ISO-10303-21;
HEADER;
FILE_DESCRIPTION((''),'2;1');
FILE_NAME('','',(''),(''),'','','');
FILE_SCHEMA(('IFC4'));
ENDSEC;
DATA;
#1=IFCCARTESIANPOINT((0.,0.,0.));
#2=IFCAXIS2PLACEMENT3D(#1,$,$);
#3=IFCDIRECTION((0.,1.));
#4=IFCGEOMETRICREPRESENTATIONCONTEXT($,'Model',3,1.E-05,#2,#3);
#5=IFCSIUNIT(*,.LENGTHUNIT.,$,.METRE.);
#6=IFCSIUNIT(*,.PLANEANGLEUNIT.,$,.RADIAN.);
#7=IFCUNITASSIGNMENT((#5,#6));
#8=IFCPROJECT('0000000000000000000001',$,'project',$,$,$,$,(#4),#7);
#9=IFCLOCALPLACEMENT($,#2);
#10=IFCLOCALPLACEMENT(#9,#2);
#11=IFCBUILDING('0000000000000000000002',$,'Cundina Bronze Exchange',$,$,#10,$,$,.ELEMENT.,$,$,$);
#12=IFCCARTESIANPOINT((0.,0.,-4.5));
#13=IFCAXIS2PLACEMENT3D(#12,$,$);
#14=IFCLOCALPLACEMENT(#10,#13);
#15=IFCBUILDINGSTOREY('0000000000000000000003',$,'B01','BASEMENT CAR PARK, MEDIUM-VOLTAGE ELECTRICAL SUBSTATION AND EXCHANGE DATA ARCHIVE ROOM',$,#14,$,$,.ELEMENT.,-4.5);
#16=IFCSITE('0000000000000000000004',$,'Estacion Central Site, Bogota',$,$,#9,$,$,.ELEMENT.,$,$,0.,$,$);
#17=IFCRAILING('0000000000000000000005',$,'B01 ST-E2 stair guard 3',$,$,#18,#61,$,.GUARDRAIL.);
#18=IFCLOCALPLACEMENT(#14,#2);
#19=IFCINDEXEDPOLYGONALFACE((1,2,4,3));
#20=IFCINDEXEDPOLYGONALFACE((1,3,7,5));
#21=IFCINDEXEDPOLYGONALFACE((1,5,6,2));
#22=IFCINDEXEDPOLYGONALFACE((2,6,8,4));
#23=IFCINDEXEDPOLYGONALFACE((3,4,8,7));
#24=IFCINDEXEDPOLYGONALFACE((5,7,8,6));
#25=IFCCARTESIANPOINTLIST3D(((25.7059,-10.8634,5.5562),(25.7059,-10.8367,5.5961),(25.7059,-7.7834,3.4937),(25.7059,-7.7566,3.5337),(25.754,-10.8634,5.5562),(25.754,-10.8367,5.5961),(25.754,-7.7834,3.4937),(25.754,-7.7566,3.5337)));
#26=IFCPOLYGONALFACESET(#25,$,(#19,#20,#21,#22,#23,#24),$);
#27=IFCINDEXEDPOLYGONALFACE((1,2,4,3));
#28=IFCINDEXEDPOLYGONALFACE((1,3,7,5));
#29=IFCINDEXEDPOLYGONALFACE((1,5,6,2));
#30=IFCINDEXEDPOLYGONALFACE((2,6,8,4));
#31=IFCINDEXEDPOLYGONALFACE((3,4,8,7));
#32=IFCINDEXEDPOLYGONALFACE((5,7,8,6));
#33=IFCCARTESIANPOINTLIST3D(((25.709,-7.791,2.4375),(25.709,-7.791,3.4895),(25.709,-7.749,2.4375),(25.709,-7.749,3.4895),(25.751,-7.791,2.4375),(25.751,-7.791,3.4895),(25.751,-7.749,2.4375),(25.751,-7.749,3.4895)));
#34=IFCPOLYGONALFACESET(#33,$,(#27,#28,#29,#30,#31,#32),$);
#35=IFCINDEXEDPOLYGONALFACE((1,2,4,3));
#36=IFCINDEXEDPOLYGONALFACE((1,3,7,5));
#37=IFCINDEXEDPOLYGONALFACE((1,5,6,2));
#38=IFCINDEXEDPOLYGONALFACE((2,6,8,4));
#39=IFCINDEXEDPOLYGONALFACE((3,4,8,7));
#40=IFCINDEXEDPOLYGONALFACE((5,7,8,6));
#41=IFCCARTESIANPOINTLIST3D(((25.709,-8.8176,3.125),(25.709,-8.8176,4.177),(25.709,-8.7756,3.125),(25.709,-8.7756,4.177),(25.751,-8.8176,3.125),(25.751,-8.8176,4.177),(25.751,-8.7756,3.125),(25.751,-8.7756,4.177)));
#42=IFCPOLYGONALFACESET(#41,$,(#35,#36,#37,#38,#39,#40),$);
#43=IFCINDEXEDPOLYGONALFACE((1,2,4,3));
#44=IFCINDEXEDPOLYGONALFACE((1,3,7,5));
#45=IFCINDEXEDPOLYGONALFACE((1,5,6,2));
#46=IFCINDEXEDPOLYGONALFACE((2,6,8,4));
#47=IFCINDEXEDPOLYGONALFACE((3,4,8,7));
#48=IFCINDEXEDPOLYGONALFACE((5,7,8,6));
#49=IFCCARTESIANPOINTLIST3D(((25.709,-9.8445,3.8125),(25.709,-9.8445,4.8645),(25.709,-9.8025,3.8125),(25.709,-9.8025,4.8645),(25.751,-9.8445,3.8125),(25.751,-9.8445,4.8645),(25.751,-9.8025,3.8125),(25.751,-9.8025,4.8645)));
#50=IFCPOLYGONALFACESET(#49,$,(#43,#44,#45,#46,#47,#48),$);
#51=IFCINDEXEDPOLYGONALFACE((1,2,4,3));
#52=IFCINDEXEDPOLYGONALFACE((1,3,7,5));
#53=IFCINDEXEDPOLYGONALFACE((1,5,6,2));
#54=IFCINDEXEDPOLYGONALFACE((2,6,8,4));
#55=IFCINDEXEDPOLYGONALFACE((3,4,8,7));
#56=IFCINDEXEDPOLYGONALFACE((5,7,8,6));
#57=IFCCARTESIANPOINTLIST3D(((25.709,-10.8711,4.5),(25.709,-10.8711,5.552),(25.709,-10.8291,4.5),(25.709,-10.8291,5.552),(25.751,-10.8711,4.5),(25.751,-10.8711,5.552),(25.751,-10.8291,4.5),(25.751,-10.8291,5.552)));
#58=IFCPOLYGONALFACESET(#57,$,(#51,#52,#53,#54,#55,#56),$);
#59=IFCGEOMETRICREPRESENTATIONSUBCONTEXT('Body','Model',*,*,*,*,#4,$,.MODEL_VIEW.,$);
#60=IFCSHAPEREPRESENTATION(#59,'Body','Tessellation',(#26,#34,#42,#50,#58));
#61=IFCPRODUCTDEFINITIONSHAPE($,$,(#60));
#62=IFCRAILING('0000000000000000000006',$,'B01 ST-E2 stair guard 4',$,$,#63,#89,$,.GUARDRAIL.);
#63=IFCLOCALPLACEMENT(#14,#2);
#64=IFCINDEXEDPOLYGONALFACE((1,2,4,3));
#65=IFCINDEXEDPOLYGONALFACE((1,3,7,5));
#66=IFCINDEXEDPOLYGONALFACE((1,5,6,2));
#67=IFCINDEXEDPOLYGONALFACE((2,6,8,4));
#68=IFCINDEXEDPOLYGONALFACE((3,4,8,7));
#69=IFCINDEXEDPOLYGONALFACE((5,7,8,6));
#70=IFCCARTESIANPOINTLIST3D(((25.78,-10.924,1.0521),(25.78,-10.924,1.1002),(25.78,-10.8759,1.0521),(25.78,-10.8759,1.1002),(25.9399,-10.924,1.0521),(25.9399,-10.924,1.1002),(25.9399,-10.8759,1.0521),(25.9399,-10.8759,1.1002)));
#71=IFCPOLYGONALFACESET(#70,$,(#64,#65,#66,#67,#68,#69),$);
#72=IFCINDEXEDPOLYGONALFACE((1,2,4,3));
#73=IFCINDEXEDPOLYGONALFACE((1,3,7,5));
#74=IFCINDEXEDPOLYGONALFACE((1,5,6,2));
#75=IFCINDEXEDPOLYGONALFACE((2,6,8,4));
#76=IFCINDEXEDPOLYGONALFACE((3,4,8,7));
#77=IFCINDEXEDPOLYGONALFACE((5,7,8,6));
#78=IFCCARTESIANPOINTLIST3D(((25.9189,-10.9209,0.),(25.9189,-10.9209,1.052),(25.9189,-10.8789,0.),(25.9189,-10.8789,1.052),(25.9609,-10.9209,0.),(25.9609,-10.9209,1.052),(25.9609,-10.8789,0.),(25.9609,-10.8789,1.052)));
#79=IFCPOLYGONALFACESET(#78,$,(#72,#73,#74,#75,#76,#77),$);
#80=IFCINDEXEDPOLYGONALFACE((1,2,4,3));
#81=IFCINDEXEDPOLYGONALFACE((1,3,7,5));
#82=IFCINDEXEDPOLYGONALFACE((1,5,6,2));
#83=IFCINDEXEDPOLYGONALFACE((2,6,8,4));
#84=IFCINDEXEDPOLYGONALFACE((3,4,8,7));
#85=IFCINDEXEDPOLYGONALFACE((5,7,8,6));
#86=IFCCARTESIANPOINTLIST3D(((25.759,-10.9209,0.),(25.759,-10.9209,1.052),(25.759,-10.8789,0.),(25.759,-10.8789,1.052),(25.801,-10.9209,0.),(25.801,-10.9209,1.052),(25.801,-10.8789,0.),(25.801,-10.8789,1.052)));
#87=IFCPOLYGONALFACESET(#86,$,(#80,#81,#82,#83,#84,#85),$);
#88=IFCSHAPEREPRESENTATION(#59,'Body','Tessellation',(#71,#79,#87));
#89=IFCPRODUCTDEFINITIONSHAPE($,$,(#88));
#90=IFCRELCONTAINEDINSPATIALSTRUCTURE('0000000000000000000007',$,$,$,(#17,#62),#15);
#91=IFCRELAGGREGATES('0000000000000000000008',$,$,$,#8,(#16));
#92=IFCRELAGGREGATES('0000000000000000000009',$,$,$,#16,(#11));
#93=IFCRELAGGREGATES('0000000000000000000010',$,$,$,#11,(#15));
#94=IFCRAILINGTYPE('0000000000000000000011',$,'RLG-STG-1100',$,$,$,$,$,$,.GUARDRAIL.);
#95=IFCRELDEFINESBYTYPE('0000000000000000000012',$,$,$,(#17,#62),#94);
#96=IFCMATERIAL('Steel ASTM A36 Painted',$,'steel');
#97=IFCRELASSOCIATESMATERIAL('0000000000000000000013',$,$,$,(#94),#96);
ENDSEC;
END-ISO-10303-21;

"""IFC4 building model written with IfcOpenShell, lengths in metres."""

from ifc_helpers import new_model, si_unit, direction, frame, origin, origin_2d, place, context, subcontext, project, spatial, rectangle, extrude, material, type_object, element, save


model = new_model("IFC4")

# Units and contexts
model_context = context("Model", 3, precision=1e-05, world=origin(), true_north=direction((0.0, 1.0)))
body_context = subcontext(model_context, "Body", "Model", "MODEL_VIEW")
ifc_project = project(units=[si_unit("LENGTHUNIT", "METRE"), si_unit("PLANEANGLEUNIT", "RADIAN")], contexts=[model_context])

# Site, building, storey
site_placement = place(None, origin())
site = spatial("IfcSite", under=ifc_project, at=site_placement, Name="Estacion Central Site, Bogota", CompositionType="ELEMENT", RefElevation=0.0)
building_placement = place(site_placement, origin())
building = spatial("IfcBuilding", under=site, at=building_placement, Name="Cundina Bronze Exchange", CompositionType="ELEMENT")
storey_placement = place(building_placement, frame((0.0, 0.0, -4.5)))
storey = spatial("IfcBuildingStorey", under=building, at=storey_placement, Name="B01", Description="BASEMENT CAR PARK, MEDIUM-VOLTAGE ELECTRICAL SUBSTATION AND EXCHANGE DATA ARCHIVE ROOM", CompositionType="ELEMENT", Elevation=-4.5)

# Shared definitions
ifc_material_1 = material(Name="Steel ASTM A36 Painted", Category="steel")

# Railings
railing_type_1 = type_object("IfcRailingType", Name="RLG-STG-1100", PredefinedType="GUARDRAIL", material=ifc_material_1)
railing_1_placement = place(storey_placement, frame((25.73, -7.77, 2.4375)))
element("IfcRailing", 1, at=railing_1_placement, inside=storey, type_object=railing_type_1, Name="B01 ST-E2 stair guard 3", PredefinedType="GUARDRAIL", context=body_context, shape_type="SweptSolid", body=[
    extrude(rectangle(XDim=0.0481, YDim=0.0481, at=origin_2d()), frame((0.0, 0.0, 1.0762), z_axis=(0.0, -0.830914, 0.556401), x_axis=(1.0, 0.0, 0.0)), (0.0, 0.0, 1.0), 3.7068),
    extrude(rectangle(XDim=0.042, YDim=0.042, at=origin_2d()), origin(), (0.0, 0.0, 1.0), 1.052),
    extrude(rectangle(XDim=0.042, YDim=0.042, at=origin_2d()), frame((0.0, -1.0266, 0.6875)), (0.0, 0.0, 1.0), 1.052),
    extrude(rectangle(XDim=0.042, YDim=0.042, at=origin_2d()), frame((0.0, -2.0535, 1.375)), (0.0, 0.0, 1.0), 1.052),
    extrude(rectangle(XDim=0.042, YDim=0.042, at=origin_2d()), frame((0.0, -3.0801, 2.0625)), (0.0, 0.0, 1.0), 1.052),
])
railing_2_placement = place(storey_placement, frame((25.9399, -10.8999, 0.0)))
element("IfcRailing", 2, at=railing_2_placement, inside=storey, type_object=railing_type_1, Name="B01 ST-E2 stair guard 4", PredefinedType="GUARDRAIL", context=body_context, shape_type="SweptSolid", body=[
    extrude(rectangle(XDim=0.0481, YDim=0.0481, at=origin_2d()), frame((0.0, 0.0, 1.0762), z_axis=(-1.0, 0.0, 0.0), x_axis=(0.0, -1.0, 0.0)), (0.0, 0.0, 1.0), 0.1599),
    extrude(rectangle(XDim=0.042, YDim=0.042, at=origin_2d()), origin(), (0.0, 0.0, 1.0), 1.052),
    extrude(rectangle(XDim=0.042, YDim=0.042, at=origin_2d()), frame((-0.1599, 0.0, 0.0)), (0.0, 0.0, 1.0), 1.052),
])

save(model, "model.ifc")
